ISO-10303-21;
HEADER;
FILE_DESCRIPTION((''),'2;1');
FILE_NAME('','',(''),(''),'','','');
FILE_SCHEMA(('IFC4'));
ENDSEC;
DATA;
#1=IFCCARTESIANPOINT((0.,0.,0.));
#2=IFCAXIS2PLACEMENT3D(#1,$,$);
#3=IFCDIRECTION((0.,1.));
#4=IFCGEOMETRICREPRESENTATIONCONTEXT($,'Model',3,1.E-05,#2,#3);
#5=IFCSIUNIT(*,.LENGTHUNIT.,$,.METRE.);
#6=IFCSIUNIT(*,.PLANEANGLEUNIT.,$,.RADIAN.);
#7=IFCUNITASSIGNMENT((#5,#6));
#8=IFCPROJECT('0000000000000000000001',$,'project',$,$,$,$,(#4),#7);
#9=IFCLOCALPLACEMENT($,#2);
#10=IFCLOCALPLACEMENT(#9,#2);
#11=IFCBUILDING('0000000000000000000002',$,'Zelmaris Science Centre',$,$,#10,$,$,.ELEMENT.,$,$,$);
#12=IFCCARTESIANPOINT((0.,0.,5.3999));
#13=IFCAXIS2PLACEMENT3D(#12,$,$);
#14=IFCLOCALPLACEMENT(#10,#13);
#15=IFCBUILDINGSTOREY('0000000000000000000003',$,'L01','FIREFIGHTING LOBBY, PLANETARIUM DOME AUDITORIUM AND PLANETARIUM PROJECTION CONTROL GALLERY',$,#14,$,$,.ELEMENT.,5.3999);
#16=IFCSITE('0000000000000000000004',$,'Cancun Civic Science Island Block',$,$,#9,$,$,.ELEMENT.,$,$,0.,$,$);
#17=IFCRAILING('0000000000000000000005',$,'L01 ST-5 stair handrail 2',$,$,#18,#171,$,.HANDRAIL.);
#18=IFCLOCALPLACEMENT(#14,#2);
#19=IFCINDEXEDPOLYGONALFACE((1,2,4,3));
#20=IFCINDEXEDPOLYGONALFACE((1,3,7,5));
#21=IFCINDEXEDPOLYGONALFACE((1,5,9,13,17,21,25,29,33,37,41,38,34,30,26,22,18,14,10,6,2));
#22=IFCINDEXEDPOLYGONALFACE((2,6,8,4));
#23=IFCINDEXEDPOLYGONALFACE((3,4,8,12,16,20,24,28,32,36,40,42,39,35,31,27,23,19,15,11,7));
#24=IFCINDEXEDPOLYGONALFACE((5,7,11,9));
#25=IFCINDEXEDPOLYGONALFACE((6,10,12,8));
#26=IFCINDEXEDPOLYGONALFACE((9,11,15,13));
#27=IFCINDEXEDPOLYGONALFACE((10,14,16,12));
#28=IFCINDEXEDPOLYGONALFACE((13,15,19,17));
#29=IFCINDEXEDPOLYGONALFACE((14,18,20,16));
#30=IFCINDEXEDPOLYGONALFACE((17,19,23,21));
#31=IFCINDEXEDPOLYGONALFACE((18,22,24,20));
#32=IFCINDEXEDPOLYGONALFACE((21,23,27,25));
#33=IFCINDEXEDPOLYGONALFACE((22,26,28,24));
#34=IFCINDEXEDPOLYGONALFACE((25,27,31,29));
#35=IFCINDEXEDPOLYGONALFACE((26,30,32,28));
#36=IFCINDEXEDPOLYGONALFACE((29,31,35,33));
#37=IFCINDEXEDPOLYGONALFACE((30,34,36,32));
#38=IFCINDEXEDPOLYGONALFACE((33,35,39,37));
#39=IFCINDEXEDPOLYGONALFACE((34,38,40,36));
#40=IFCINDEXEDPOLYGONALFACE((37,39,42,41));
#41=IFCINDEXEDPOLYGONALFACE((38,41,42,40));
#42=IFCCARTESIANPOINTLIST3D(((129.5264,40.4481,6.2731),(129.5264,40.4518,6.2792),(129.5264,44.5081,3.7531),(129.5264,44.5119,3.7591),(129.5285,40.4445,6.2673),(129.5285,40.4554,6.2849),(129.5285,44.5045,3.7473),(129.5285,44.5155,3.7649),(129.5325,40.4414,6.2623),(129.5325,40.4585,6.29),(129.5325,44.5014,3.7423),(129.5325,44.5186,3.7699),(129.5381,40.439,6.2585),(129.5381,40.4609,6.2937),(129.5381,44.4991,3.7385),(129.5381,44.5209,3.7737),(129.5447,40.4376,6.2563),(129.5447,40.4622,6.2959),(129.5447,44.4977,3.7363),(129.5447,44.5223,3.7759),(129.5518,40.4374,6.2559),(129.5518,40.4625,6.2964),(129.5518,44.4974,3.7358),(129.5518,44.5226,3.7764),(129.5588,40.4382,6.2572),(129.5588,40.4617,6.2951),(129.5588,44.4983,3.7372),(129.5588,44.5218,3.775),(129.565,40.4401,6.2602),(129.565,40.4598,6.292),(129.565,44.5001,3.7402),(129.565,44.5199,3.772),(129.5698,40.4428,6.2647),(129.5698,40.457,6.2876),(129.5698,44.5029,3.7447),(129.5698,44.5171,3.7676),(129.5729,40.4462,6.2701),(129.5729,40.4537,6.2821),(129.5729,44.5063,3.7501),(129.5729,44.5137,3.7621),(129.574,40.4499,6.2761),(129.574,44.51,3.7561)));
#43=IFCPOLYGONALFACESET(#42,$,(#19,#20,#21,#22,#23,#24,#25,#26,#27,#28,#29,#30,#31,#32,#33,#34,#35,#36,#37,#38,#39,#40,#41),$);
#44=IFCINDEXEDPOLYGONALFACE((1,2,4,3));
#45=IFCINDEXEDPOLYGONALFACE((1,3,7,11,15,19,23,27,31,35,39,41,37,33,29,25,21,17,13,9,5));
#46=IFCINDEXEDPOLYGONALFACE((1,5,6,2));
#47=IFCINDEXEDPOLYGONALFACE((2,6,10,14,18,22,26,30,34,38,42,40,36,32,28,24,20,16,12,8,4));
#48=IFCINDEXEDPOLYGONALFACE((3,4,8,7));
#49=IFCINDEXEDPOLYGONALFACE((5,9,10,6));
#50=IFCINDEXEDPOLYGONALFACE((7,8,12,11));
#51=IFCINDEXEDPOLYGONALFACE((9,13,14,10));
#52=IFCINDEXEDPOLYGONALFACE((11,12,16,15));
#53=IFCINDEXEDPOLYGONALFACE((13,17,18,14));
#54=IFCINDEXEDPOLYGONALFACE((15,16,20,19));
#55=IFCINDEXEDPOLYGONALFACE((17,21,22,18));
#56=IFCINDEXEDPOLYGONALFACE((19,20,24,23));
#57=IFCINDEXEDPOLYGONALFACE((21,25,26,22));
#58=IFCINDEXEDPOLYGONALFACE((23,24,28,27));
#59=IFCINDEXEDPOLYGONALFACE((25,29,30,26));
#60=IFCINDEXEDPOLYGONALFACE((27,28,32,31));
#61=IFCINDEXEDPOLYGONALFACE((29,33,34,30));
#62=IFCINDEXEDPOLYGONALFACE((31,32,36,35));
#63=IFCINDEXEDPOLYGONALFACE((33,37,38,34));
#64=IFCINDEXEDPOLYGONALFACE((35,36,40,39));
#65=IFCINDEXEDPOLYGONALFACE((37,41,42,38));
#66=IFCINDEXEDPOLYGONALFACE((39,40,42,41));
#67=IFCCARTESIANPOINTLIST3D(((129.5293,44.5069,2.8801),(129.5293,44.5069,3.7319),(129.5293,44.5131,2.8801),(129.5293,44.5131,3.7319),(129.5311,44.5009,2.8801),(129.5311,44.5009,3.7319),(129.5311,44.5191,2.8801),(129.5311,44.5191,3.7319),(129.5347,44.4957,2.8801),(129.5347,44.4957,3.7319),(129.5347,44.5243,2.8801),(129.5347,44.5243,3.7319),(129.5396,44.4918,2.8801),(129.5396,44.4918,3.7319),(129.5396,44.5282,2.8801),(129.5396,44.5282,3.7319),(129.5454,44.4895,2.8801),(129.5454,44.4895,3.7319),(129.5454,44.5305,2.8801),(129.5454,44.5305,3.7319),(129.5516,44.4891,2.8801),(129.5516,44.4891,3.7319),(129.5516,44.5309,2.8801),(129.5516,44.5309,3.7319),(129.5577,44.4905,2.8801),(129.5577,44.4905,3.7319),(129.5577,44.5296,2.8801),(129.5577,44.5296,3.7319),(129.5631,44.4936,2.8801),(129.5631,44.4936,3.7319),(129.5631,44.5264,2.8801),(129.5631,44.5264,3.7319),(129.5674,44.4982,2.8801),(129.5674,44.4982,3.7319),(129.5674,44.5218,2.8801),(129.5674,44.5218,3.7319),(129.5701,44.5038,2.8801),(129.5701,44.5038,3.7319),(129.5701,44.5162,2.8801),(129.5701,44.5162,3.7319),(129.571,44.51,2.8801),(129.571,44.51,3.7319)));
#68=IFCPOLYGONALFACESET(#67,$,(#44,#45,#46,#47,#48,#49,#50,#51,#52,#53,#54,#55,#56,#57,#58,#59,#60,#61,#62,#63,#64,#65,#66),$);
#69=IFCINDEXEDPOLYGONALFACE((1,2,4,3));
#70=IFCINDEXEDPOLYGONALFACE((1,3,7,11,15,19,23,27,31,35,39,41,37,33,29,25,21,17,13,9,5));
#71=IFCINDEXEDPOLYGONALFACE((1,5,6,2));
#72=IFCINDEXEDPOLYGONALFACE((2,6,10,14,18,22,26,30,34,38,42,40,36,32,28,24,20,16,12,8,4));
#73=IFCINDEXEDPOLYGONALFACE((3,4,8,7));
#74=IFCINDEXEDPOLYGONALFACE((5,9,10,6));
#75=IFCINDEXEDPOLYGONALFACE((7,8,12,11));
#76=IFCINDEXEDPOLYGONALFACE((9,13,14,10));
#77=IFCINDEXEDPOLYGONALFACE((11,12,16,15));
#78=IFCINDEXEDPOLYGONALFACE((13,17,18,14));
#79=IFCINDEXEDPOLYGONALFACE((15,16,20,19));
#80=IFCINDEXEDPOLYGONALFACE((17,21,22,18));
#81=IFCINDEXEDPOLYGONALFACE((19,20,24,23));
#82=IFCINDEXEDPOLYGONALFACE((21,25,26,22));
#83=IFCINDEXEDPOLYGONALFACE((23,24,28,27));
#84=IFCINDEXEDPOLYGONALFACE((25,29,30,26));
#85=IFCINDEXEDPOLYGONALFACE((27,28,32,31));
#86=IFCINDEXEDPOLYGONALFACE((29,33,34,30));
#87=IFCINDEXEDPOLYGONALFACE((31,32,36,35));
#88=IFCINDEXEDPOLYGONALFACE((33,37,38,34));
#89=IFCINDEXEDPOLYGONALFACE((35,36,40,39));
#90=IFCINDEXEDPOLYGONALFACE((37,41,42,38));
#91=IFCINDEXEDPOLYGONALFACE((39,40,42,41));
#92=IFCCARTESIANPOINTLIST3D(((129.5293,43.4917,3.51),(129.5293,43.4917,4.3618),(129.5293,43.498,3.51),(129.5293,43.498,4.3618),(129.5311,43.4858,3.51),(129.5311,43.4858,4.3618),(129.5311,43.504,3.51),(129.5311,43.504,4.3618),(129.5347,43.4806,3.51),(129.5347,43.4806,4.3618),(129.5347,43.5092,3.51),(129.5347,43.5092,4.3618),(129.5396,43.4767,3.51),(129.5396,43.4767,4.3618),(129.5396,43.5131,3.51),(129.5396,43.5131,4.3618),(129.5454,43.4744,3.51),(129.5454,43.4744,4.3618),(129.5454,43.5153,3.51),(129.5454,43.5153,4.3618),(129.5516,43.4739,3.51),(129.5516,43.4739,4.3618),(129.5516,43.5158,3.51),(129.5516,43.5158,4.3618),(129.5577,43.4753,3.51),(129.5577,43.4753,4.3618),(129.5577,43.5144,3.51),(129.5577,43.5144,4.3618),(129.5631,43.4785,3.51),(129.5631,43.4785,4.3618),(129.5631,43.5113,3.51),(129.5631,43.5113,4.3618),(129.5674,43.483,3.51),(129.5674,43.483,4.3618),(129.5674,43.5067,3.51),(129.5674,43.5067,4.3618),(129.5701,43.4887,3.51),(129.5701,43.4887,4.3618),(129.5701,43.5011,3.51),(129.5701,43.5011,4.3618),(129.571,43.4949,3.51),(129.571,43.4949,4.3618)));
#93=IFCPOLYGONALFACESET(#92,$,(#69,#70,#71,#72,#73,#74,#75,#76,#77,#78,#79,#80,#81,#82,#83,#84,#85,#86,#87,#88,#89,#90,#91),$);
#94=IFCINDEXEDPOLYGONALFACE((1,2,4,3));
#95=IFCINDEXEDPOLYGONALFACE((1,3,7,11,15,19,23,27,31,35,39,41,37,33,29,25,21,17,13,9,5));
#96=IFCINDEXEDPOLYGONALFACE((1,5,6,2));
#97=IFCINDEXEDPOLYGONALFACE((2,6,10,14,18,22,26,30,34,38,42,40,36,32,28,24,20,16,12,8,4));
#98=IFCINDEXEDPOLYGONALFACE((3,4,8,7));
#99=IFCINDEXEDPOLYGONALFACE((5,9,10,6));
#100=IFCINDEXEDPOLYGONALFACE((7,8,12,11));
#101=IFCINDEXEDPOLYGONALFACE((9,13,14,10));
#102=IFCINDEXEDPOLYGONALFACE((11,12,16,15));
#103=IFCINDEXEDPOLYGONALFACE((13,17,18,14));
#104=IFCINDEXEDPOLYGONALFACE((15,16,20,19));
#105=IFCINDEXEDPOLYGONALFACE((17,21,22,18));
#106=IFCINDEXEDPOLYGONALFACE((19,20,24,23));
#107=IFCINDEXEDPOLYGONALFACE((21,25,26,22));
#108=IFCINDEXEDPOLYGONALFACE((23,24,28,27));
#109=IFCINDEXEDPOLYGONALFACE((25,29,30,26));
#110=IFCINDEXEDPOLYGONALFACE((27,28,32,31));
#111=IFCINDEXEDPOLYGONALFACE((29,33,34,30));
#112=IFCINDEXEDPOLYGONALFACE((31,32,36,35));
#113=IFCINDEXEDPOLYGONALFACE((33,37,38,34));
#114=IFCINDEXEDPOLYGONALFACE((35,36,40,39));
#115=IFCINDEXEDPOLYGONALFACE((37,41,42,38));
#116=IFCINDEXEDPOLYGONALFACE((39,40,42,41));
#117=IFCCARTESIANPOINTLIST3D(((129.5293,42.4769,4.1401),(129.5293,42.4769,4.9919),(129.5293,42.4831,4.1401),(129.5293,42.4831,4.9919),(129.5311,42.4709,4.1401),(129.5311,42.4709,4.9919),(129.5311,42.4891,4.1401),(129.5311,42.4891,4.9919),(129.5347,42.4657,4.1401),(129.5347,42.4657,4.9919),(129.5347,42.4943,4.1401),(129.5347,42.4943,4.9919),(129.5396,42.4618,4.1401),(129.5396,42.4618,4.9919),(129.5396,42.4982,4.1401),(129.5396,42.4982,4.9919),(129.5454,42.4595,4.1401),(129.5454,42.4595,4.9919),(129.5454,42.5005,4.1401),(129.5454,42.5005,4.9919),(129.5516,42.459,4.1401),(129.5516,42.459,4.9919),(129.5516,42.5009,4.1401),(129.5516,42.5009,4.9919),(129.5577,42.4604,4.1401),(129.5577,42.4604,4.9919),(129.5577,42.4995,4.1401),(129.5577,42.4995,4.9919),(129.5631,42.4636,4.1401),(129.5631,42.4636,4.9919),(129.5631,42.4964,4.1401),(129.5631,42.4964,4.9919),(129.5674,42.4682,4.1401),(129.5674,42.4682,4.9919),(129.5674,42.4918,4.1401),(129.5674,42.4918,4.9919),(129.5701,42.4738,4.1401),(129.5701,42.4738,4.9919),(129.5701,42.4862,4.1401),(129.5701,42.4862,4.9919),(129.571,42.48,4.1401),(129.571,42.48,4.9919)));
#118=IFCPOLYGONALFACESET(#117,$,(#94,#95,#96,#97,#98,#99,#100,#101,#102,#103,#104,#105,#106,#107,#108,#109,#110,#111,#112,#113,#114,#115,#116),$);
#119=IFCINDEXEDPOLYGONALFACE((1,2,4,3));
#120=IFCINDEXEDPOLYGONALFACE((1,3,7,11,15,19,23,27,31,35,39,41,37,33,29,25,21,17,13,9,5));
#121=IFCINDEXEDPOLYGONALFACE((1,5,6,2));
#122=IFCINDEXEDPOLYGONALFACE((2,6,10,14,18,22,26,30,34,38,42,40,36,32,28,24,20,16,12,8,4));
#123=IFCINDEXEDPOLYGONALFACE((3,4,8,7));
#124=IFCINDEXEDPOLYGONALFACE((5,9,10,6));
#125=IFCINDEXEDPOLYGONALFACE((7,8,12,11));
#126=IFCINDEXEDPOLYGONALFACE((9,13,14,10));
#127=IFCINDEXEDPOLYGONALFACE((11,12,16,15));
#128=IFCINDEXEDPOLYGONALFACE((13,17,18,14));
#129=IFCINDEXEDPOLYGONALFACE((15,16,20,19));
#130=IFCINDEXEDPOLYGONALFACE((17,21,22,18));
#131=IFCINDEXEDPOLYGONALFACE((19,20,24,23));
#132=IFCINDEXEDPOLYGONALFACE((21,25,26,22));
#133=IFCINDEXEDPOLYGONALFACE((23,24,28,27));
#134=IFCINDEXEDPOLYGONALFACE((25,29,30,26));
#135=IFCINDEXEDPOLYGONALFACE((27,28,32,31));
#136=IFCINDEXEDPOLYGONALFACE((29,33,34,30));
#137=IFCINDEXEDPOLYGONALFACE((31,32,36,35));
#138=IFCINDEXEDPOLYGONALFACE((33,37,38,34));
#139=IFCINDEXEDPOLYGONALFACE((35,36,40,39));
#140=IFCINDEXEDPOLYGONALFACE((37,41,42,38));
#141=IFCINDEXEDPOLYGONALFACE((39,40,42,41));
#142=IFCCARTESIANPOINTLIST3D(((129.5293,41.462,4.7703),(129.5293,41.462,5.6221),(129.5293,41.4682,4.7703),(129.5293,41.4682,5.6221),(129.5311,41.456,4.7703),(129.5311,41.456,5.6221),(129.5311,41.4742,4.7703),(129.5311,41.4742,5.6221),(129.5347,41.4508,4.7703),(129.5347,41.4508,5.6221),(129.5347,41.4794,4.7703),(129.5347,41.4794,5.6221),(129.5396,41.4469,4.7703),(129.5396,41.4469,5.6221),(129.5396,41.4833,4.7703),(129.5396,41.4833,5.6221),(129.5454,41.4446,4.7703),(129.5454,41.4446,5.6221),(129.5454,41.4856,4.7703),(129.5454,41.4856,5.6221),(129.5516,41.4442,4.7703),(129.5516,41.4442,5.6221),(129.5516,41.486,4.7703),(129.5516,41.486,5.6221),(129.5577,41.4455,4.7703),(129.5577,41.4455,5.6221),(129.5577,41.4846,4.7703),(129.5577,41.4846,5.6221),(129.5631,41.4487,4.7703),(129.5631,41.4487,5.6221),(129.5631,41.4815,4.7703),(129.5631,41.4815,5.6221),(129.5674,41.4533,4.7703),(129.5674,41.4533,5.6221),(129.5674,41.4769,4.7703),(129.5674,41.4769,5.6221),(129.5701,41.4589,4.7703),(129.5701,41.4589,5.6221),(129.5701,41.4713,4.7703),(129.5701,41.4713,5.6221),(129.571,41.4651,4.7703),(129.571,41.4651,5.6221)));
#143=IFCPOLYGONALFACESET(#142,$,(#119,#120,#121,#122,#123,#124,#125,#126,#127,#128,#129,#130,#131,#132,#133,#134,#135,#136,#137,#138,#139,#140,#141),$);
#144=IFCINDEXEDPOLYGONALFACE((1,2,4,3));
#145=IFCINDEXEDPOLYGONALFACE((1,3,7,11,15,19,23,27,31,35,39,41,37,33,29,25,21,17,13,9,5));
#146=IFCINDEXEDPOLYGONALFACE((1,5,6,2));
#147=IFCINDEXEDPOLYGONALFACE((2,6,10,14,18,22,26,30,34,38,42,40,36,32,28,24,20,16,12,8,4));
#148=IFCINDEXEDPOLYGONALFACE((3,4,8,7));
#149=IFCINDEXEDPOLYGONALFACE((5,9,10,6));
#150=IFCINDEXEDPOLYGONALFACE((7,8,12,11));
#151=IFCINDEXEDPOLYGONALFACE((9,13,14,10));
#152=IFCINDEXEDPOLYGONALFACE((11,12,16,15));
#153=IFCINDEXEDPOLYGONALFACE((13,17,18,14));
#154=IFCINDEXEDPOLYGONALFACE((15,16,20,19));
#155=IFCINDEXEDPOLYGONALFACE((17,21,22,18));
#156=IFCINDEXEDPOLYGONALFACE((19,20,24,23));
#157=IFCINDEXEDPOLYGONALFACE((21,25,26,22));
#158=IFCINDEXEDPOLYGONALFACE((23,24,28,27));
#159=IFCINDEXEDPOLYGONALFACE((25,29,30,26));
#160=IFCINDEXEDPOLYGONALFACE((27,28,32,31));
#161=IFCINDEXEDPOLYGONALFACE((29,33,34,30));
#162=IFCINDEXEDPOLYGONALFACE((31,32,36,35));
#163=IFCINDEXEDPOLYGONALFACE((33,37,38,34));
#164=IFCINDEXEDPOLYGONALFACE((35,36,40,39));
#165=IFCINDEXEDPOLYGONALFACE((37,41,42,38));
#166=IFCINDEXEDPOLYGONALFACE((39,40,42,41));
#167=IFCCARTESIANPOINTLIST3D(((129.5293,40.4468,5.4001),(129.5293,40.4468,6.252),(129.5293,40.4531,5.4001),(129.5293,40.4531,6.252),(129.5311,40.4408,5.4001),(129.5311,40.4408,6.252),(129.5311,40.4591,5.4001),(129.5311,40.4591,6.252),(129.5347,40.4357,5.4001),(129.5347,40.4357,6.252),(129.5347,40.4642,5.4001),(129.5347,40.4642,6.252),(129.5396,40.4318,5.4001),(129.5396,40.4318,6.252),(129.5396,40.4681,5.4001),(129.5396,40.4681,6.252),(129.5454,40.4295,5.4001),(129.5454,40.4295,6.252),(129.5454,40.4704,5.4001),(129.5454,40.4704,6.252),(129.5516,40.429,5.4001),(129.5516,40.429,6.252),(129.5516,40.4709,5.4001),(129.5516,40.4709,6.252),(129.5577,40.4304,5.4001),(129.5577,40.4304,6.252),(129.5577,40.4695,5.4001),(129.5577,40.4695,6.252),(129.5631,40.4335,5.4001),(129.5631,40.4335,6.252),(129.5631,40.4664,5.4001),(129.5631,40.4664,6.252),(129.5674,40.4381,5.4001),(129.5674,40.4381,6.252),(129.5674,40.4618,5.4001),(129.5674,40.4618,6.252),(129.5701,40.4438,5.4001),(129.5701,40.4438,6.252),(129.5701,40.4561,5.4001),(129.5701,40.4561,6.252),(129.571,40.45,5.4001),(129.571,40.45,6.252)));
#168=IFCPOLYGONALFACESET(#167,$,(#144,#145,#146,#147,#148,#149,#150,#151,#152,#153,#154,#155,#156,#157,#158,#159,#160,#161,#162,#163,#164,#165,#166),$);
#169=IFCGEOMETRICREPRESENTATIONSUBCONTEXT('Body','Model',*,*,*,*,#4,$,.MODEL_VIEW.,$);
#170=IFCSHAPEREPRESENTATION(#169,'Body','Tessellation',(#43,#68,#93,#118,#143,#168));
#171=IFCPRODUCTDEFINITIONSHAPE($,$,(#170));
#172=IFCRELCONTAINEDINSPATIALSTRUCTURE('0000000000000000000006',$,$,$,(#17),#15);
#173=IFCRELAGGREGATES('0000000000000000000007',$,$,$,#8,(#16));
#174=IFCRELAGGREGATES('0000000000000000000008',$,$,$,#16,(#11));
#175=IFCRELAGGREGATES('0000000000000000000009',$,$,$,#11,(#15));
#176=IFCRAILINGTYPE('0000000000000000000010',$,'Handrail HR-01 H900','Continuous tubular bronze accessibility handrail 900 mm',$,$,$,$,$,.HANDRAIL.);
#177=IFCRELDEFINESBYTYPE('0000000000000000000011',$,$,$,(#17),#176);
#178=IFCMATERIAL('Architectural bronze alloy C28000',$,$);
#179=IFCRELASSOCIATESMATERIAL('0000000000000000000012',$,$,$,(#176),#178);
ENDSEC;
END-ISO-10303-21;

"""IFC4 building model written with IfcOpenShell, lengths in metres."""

from ifc_helpers import new_model, si_unit, direction, frame, origin, origin_2d, place, context, subcontext, project, spatial, circle, extrude, material, type_object, element, save


model = new_model("IFC4")

# Units and contexts
model_context = context("Model", 3, precision=1e-05, world=origin(), true_north=direction((0.0, 1.0)))
body_context = subcontext(model_context, "Body", "Model", "MODEL_VIEW")
ifc_project = project(units=[si_unit("LENGTHUNIT", "METRE"), si_unit("PLANEANGLEUNIT", "RADIAN")], contexts=[model_context])

# Site, building, storey
site_placement = place(None, origin())
site = spatial("IfcSite", under=ifc_project, at=site_placement, Name="Cancun Civic Science Island Block", CompositionType="ELEMENT", RefElevation=0.0)
building_placement = place(site_placement, origin())
building = spatial("IfcBuilding", under=site, at=building_placement, Name="Zelmaris Science Centre", CompositionType="ELEMENT")
storey_placement = place(building_placement, frame((0.0, 0.0, 5.3999)))
storey = spatial("IfcBuildingStorey", under=building, at=storey_placement, Name="L01", Description="FIREFIGHTING LOBBY, PLANETARIUM DOME AUDITORIUM AND PLANETARIUM PROJECTION CONTROL GALLERY", CompositionType="ELEMENT", Elevation=5.3999)

# Railing
ifc_material_1 = material(Name="Architectural bronze alloy C28000")
railing_type_1 = type_object("IfcRailingType", Name="Handrail HR-01 H900", Description="Continuous tubular bronze accessibility handrail 900 mm", PredefinedType="HANDRAIL", material=ifc_material_1)
railing_1_placement = place(storey_placement, frame((129.55, 44.51, 2.8801)))
element("IfcRailing", 1, at=railing_1_placement, inside=storey, type_object=railing_type_1, Name="L01 ST-5 stair handrail 2", PredefinedType="HANDRAIL", context=body_context, shape_type="SweptSolid", body=[
    extrude(circle(Radius=0.0239, at=origin_2d()), frame((0.0, 0.0, 0.876), z_axis=(0.0, -0.849642, 0.52736), x_axis=(1.0, 0.0, 0.0)), (0.0, 0.0, 1.0), 4.7786),
    extrude(circle(Radius=0.021, at=origin_2d()), origin(), (0.0, 0.0, 1.0), 0.8518),
    extrude(circle(Radius=0.021, at=origin_2d()), frame((0.0, -1.0151, 0.6299)), (0.0, 0.0, 1.0), 0.8518),
    extrude(circle(Radius=0.021, at=origin_2d()), frame((0.0, -2.03, 1.26)), (0.0, 0.0, 1.0), 0.8518),
    extrude(circle(Radius=0.021, at=origin_2d()), frame((0.0, -3.0449, 1.8901)), (0.0, 0.0, 1.0), 0.8518),
    extrude(circle(Radius=0.021, at=origin_2d()), frame((0.0, -4.0601, 2.52)), (0.0, 0.0, 1.0), 0.8518),
])

save(model, "model.ifc")
